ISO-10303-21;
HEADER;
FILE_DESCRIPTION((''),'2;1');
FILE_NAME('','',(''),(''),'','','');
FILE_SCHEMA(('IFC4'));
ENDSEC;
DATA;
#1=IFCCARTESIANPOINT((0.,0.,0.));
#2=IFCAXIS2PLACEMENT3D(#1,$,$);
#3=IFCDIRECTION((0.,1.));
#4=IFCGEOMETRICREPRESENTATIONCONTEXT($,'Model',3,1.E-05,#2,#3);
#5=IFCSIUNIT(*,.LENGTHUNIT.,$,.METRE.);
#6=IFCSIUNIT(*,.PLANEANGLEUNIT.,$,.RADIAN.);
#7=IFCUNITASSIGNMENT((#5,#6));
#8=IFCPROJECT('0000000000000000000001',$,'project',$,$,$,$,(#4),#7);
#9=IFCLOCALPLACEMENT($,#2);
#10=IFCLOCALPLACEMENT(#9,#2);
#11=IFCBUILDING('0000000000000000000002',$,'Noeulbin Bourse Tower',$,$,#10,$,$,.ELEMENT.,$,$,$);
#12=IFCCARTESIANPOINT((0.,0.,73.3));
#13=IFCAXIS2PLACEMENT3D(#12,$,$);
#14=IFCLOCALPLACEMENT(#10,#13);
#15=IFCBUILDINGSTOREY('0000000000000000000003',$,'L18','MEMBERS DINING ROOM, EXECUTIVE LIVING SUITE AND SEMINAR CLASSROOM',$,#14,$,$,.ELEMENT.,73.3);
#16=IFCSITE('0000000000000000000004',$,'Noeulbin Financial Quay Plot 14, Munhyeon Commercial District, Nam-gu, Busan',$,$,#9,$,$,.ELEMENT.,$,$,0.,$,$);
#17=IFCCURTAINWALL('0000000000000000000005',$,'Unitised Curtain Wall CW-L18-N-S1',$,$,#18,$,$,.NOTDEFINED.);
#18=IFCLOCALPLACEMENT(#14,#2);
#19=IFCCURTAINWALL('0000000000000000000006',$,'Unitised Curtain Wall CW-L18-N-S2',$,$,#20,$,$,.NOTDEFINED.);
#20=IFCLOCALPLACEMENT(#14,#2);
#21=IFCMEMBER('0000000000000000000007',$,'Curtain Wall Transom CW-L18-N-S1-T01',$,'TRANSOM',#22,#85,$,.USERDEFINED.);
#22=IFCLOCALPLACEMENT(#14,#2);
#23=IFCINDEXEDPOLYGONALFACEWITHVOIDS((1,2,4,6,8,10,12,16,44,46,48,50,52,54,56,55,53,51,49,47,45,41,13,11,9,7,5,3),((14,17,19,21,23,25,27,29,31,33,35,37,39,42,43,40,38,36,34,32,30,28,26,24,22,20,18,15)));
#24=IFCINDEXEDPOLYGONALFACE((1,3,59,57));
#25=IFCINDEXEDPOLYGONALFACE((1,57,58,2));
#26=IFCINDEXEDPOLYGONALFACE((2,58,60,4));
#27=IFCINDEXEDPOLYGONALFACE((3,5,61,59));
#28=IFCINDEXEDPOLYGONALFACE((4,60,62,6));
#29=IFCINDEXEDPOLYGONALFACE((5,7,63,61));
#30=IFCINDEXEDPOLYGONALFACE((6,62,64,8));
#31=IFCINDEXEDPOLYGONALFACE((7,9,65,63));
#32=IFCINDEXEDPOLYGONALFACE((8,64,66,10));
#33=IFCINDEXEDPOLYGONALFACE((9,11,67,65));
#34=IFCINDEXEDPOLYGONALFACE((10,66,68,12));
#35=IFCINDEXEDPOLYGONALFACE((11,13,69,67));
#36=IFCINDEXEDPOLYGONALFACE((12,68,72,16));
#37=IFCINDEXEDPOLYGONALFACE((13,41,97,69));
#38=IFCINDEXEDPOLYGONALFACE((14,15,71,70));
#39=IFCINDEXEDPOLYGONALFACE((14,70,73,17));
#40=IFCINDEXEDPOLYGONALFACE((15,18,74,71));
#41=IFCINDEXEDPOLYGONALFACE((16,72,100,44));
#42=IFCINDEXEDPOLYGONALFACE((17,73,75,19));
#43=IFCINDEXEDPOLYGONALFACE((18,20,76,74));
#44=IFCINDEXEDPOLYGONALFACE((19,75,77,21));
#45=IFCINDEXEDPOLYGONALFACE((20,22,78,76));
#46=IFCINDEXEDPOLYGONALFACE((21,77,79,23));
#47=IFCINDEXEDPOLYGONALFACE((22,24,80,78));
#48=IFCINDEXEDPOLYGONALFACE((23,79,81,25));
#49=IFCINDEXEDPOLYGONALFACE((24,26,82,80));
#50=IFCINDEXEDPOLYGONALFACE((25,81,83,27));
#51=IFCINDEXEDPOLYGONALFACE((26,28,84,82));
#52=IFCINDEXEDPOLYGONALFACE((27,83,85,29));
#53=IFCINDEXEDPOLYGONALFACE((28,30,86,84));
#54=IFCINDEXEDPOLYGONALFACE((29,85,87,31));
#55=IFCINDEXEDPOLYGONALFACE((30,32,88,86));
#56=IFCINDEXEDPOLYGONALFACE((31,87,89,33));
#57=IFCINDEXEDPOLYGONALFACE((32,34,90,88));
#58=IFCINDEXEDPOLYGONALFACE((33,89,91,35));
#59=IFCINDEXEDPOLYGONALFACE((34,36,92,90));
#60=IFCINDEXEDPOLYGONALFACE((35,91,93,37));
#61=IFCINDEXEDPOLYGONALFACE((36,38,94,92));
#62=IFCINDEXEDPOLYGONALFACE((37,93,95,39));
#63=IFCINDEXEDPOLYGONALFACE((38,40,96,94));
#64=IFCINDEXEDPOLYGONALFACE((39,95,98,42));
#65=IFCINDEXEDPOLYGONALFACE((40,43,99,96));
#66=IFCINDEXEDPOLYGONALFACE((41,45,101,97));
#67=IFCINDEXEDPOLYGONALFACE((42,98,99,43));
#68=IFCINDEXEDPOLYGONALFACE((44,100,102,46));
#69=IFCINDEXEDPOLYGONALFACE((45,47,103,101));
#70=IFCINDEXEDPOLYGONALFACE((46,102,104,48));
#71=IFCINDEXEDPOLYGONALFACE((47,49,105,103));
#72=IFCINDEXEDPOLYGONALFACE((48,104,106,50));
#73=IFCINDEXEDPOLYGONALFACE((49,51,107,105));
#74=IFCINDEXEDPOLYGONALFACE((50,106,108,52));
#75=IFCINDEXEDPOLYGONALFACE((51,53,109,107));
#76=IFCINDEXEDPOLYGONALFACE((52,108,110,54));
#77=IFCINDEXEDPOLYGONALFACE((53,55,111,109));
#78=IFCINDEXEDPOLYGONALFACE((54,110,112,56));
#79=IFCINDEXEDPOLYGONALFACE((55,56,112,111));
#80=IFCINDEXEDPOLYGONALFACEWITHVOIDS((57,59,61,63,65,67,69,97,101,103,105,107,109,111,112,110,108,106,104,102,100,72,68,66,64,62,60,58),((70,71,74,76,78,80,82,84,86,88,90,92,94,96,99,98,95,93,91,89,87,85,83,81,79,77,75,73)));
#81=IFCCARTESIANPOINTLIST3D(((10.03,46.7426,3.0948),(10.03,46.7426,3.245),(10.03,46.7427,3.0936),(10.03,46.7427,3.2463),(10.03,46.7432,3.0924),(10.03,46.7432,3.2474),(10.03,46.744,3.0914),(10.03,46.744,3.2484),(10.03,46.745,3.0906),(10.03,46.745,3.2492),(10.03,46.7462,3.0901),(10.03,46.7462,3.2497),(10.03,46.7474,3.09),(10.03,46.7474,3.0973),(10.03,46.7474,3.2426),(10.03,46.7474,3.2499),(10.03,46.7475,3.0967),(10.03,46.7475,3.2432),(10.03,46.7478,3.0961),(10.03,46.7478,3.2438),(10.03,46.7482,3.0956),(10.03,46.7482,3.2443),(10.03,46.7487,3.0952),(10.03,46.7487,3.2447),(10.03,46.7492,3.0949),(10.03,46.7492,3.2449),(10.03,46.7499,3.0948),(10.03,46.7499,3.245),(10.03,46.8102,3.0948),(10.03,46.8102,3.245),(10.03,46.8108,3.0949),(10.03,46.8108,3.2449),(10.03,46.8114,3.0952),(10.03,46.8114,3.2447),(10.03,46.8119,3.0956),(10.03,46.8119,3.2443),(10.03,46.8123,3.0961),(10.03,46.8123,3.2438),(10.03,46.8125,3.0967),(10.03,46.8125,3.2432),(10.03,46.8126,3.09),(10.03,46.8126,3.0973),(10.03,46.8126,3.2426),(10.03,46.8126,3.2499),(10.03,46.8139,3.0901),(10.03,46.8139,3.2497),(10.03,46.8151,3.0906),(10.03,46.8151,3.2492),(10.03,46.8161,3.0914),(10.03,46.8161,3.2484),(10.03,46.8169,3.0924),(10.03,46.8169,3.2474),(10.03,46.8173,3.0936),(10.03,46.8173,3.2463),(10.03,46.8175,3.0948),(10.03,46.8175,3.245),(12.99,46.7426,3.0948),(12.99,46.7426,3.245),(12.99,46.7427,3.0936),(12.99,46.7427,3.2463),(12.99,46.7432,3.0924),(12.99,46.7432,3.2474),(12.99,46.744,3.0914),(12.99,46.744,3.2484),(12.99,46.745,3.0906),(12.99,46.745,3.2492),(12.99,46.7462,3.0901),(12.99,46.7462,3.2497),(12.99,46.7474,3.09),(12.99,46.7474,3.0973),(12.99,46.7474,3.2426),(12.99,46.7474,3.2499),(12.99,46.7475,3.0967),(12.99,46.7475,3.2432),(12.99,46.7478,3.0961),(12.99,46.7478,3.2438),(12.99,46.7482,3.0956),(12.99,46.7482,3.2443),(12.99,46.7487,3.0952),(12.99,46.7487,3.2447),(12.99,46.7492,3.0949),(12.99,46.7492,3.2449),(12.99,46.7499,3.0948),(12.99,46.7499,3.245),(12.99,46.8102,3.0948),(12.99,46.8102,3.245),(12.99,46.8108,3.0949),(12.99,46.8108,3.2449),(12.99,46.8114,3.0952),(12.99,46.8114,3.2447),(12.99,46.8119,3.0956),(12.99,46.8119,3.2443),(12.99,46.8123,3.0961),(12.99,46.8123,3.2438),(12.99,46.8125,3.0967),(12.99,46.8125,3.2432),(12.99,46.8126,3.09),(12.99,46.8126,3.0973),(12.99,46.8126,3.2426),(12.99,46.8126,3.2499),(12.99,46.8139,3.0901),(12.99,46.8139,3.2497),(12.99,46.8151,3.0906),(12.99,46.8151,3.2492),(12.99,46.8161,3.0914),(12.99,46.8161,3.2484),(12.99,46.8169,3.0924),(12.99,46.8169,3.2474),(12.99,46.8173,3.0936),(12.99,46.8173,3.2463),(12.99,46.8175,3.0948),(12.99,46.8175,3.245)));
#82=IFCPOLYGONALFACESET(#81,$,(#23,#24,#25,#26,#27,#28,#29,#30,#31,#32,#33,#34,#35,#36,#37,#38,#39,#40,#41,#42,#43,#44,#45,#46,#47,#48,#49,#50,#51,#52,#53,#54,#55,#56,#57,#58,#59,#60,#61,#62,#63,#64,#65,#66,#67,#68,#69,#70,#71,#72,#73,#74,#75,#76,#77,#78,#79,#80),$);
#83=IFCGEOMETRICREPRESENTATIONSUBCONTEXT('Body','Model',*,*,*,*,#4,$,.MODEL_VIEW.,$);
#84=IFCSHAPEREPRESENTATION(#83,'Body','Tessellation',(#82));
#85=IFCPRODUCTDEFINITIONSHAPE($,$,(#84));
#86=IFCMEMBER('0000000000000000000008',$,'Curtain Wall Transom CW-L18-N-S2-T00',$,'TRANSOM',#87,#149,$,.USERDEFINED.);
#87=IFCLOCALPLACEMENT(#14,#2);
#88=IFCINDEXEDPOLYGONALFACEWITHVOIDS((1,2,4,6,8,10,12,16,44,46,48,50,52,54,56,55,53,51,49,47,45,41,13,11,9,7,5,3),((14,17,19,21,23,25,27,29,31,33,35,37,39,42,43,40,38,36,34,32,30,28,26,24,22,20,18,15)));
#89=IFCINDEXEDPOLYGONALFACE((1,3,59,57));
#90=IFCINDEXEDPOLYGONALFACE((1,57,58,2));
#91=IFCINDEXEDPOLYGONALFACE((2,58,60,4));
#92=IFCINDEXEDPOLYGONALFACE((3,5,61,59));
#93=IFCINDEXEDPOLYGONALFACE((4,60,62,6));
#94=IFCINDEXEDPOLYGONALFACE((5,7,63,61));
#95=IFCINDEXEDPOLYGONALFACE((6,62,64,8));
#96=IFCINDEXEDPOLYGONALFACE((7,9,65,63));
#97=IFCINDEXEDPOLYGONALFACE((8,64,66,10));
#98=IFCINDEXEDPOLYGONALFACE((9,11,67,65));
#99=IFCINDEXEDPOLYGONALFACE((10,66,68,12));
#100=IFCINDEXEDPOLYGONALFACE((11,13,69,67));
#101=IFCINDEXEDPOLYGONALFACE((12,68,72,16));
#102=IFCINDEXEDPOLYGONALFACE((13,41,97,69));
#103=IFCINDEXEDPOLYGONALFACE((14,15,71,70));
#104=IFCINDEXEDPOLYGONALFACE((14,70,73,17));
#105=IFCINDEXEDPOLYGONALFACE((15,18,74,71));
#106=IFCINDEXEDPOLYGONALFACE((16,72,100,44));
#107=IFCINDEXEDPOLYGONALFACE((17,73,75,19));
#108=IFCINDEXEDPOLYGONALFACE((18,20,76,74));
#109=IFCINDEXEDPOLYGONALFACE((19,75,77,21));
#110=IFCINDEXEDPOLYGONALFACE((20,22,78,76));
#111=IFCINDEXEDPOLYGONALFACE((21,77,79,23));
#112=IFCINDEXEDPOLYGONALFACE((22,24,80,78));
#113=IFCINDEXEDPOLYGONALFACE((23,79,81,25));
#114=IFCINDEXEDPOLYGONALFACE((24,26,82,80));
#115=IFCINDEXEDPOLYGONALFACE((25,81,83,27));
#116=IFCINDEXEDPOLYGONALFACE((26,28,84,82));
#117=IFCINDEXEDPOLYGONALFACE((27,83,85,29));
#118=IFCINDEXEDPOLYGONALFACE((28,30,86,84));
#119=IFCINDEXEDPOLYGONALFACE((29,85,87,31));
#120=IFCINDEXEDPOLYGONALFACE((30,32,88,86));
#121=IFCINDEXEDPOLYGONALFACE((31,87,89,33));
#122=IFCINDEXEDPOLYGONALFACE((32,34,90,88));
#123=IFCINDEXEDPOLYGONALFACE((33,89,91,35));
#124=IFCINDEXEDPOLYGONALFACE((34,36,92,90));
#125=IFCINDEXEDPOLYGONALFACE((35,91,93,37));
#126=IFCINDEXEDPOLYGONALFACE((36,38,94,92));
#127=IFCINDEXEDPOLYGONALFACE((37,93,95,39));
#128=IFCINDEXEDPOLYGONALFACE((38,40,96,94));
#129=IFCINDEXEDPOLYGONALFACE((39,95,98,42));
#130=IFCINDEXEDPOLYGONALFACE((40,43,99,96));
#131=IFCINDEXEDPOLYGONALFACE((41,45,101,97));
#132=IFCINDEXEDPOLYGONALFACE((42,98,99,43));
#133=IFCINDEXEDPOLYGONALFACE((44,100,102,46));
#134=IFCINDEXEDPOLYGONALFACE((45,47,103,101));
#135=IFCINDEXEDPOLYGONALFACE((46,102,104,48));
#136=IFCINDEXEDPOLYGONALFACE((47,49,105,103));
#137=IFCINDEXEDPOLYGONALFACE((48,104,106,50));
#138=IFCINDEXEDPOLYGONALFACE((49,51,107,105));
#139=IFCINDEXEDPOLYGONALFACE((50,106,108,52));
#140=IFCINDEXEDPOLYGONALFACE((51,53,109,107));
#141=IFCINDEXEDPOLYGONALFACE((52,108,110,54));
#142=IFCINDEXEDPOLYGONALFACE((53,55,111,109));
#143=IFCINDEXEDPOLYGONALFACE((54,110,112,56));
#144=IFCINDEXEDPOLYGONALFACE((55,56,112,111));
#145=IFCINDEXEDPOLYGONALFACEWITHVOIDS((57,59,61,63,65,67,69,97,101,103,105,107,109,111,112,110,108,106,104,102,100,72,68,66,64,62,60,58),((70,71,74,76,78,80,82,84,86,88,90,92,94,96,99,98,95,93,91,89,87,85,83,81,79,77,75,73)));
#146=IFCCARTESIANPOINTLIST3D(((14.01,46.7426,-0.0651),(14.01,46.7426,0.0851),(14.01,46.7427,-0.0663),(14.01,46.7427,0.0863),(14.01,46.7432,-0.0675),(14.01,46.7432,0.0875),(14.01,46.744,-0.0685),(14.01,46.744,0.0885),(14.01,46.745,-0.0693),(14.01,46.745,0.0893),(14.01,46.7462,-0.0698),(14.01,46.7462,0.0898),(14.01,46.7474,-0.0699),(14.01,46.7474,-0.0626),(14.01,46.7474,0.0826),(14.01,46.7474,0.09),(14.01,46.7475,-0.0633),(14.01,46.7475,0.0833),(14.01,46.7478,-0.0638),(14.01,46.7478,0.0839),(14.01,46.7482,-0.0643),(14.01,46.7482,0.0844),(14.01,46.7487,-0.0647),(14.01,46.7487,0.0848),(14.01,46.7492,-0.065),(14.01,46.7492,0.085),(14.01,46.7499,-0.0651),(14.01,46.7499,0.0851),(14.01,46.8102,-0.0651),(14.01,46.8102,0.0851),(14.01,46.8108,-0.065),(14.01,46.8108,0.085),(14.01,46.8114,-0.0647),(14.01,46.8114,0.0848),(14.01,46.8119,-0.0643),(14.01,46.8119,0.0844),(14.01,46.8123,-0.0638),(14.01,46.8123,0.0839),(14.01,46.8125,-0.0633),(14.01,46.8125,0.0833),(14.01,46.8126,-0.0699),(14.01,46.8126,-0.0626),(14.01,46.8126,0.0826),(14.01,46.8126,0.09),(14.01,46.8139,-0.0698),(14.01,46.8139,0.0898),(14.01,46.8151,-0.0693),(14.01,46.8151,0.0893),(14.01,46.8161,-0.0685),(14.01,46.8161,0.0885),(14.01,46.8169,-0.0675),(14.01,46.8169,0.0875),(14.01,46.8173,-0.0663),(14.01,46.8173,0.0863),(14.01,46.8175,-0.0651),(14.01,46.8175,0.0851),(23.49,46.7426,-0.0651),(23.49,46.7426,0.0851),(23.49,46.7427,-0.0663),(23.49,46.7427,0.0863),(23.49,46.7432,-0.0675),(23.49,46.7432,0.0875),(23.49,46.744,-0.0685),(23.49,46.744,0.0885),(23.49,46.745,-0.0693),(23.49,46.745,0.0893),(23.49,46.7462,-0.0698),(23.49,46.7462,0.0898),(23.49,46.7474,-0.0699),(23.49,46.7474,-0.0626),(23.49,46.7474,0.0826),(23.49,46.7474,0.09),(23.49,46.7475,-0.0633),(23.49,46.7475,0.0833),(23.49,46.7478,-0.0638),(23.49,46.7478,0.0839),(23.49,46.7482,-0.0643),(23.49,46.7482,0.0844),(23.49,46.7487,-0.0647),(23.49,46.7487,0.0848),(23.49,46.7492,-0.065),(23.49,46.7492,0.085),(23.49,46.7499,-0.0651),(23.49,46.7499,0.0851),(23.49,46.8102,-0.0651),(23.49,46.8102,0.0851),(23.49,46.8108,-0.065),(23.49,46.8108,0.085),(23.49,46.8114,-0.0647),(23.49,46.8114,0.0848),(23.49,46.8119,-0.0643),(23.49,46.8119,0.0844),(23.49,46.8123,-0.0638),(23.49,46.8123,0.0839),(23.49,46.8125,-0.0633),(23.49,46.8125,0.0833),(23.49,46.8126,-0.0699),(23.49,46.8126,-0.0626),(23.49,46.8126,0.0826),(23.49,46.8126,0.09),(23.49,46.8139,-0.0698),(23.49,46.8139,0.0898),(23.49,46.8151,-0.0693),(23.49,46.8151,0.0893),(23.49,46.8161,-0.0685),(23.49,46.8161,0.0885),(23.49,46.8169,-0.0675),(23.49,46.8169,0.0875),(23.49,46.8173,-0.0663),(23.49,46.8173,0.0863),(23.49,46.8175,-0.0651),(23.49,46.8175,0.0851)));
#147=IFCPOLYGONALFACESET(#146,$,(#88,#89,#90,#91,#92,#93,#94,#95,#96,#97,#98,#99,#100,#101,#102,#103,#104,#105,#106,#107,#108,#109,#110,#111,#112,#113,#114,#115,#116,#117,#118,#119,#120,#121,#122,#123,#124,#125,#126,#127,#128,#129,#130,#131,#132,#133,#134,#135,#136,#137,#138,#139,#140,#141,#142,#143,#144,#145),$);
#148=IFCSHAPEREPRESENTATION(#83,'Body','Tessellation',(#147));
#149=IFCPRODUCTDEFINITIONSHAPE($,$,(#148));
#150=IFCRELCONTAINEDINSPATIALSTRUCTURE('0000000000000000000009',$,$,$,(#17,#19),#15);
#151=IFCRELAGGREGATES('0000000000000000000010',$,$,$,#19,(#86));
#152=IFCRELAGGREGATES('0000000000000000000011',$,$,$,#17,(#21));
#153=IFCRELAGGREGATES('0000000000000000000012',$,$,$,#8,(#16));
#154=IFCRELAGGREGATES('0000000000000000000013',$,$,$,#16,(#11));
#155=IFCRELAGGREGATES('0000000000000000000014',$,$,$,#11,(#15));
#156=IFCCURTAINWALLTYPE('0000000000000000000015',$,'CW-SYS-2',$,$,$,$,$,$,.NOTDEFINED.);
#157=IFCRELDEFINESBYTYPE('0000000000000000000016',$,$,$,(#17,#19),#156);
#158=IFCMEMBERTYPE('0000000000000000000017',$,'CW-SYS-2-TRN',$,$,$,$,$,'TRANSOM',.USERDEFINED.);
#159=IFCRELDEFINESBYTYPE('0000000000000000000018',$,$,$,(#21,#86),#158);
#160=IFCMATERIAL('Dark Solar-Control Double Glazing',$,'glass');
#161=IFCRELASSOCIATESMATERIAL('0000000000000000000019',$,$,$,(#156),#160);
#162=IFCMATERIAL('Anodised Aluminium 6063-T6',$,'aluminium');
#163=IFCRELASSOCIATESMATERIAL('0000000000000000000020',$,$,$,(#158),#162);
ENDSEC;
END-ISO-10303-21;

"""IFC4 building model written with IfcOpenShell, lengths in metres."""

from ifc_helpers import new_model, si_unit, direction, frame, origin, origin_2d, place, context, subcontext, project, spatial, hollow_rectangle, extrude, material, material_profile, profile_set, type_object, element, aggregate, save


model = new_model("IFC4")

# Units and contexts
model_context = context("Model", 3, precision=1e-05, world=origin(), true_north=direction((0.0, 1.0)))
body_context = subcontext(model_context, "Body", "Model", "MODEL_VIEW")
ifc_project = project(units=[si_unit("LENGTHUNIT", "METRE"), si_unit("PLANEANGLEUNIT", "RADIAN")], contexts=[model_context])

# Site, building, storey
site_placement = place(None, origin())
site = spatial("IfcSite", under=ifc_project, at=site_placement, Name="Noeulbin Financial Quay Plot 14, Munhyeon Commercial District, Nam-gu, Busan", CompositionType="ELEMENT", RefElevation=0.0)
building_placement = place(site_placement, origin())
building = spatial("IfcBuilding", under=site, at=building_placement, Name="Noeulbin Bourse Tower", CompositionType="ELEMENT")
storey_placement = place(building_placement, frame((0.0, 0.0, 73.3)))
storey = spatial("IfcBuildingStorey", under=building, at=storey_placement, Name="L18", Description="MEMBERS DINING ROOM, EXECUTIVE LIVING SUITE AND SEMINAR CLASSROOM", CompositionType="ELEMENT", Elevation=73.3)

# Curtain wall
ifc_material_1 = material(Name="Dark Solar-Control Double Glazing", Category="glass")
curtain_wall_type = type_object("IfcCurtainWallType", Name="CW-SYS-2", PredefinedType="NOTDEFINED", material=ifc_material_1)
curtain_wall_1_placement = place(storey_placement, origin())
curtain_wall_1 = element("IfcCurtainWall", 1, at=curtain_wall_1_placement, inside=storey, type_object=curtain_wall_type, Name="Unitised Curtain Wall CW-L18-N-S1", PredefinedType="NOTDEFINED")
ifc_material_2 = material(Name="Anodised Aluminium 6063-T6", Category="aluminium")

# Curtain wall
curtain_wall_2_placement = place(storey_placement, origin())
curtain_wall_2 = element("IfcCurtainWall", 2, at=curtain_wall_2_placement, inside=storey, type_object=curtain_wall_type, Name="Unitised Curtain Wall CW-L18-N-S2", PredefinedType="NOTDEFINED")

# Members
ifc_material_profile_1 = material_profile(ifc_material_2, hollow_rectangle(XDim=0.075, YDim=0.1599, WallThickness=0.0049, InnerFilletRadius=0.0024, OuterFilletRadius=0.0049, at=origin_2d()), Name="ALU-TRAN-75x160x5", Category="LoadBearing")
ifc_profile_set_1 = profile_set([ifc_material_profile_1], Name="Anodised Aluminium 6063-T6")
member_type_1 = type_object("IfcMemberType", Name="CW-SYS-2-TRN", ElementType="TRANSOM", PredefinedType="USERDEFINED", material=ifc_profile_set_1)
member_1_placement = place(storey_placement, frame((10.03, 46.78, 3.1699), z_axis=(1.0, 0.0, 0.0), x_axis=(0.0, 1.0, 0.0)))
member_1 = element("IfcMember", 3, at=member_1_placement, type_object=member_type_1, Name="Curtain Wall Transom CW-L18-N-S1-T01", ObjectType="TRANSOM", PredefinedType="USERDEFINED", context=body_context, shape_type="SweptSolid", body=[
    extrude(hollow_rectangle(XDim=0.075, YDim=0.1599, WallThickness=0.0049, InnerFilletRadius=0.0024, OuterFilletRadius=0.0049, at=origin_2d()), origin(), (0.0, 0.0, 1.0), 2.96),
])
member_2_placement = place(storey_placement, frame((14.01, 46.78, 0.01), z_axis=(1.0, 0.0, 0.0), x_axis=(0.0, 1.0, 0.0)))
member_2 = element("IfcMember", 4, at=member_2_placement, type_object=member_type_1, Name="Curtain Wall Transom CW-L18-N-S2-T00", ObjectType="TRANSOM", PredefinedType="USERDEFINED", context=body_context, shape_type="SweptSolid", body=[
    extrude(hollow_rectangle(XDim=0.075, YDim=0.1599, WallThickness=0.0049, InnerFilletRadius=0.0024, OuterFilletRadius=0.0049, at=origin_2d()), origin(), (0.0, 0.0, 1.0), 9.48),
])
aggregate(curtain_wall_2, [member_2])

aggregate(curtain_wall_1, [member_1])

save(model, "model.ifc")
